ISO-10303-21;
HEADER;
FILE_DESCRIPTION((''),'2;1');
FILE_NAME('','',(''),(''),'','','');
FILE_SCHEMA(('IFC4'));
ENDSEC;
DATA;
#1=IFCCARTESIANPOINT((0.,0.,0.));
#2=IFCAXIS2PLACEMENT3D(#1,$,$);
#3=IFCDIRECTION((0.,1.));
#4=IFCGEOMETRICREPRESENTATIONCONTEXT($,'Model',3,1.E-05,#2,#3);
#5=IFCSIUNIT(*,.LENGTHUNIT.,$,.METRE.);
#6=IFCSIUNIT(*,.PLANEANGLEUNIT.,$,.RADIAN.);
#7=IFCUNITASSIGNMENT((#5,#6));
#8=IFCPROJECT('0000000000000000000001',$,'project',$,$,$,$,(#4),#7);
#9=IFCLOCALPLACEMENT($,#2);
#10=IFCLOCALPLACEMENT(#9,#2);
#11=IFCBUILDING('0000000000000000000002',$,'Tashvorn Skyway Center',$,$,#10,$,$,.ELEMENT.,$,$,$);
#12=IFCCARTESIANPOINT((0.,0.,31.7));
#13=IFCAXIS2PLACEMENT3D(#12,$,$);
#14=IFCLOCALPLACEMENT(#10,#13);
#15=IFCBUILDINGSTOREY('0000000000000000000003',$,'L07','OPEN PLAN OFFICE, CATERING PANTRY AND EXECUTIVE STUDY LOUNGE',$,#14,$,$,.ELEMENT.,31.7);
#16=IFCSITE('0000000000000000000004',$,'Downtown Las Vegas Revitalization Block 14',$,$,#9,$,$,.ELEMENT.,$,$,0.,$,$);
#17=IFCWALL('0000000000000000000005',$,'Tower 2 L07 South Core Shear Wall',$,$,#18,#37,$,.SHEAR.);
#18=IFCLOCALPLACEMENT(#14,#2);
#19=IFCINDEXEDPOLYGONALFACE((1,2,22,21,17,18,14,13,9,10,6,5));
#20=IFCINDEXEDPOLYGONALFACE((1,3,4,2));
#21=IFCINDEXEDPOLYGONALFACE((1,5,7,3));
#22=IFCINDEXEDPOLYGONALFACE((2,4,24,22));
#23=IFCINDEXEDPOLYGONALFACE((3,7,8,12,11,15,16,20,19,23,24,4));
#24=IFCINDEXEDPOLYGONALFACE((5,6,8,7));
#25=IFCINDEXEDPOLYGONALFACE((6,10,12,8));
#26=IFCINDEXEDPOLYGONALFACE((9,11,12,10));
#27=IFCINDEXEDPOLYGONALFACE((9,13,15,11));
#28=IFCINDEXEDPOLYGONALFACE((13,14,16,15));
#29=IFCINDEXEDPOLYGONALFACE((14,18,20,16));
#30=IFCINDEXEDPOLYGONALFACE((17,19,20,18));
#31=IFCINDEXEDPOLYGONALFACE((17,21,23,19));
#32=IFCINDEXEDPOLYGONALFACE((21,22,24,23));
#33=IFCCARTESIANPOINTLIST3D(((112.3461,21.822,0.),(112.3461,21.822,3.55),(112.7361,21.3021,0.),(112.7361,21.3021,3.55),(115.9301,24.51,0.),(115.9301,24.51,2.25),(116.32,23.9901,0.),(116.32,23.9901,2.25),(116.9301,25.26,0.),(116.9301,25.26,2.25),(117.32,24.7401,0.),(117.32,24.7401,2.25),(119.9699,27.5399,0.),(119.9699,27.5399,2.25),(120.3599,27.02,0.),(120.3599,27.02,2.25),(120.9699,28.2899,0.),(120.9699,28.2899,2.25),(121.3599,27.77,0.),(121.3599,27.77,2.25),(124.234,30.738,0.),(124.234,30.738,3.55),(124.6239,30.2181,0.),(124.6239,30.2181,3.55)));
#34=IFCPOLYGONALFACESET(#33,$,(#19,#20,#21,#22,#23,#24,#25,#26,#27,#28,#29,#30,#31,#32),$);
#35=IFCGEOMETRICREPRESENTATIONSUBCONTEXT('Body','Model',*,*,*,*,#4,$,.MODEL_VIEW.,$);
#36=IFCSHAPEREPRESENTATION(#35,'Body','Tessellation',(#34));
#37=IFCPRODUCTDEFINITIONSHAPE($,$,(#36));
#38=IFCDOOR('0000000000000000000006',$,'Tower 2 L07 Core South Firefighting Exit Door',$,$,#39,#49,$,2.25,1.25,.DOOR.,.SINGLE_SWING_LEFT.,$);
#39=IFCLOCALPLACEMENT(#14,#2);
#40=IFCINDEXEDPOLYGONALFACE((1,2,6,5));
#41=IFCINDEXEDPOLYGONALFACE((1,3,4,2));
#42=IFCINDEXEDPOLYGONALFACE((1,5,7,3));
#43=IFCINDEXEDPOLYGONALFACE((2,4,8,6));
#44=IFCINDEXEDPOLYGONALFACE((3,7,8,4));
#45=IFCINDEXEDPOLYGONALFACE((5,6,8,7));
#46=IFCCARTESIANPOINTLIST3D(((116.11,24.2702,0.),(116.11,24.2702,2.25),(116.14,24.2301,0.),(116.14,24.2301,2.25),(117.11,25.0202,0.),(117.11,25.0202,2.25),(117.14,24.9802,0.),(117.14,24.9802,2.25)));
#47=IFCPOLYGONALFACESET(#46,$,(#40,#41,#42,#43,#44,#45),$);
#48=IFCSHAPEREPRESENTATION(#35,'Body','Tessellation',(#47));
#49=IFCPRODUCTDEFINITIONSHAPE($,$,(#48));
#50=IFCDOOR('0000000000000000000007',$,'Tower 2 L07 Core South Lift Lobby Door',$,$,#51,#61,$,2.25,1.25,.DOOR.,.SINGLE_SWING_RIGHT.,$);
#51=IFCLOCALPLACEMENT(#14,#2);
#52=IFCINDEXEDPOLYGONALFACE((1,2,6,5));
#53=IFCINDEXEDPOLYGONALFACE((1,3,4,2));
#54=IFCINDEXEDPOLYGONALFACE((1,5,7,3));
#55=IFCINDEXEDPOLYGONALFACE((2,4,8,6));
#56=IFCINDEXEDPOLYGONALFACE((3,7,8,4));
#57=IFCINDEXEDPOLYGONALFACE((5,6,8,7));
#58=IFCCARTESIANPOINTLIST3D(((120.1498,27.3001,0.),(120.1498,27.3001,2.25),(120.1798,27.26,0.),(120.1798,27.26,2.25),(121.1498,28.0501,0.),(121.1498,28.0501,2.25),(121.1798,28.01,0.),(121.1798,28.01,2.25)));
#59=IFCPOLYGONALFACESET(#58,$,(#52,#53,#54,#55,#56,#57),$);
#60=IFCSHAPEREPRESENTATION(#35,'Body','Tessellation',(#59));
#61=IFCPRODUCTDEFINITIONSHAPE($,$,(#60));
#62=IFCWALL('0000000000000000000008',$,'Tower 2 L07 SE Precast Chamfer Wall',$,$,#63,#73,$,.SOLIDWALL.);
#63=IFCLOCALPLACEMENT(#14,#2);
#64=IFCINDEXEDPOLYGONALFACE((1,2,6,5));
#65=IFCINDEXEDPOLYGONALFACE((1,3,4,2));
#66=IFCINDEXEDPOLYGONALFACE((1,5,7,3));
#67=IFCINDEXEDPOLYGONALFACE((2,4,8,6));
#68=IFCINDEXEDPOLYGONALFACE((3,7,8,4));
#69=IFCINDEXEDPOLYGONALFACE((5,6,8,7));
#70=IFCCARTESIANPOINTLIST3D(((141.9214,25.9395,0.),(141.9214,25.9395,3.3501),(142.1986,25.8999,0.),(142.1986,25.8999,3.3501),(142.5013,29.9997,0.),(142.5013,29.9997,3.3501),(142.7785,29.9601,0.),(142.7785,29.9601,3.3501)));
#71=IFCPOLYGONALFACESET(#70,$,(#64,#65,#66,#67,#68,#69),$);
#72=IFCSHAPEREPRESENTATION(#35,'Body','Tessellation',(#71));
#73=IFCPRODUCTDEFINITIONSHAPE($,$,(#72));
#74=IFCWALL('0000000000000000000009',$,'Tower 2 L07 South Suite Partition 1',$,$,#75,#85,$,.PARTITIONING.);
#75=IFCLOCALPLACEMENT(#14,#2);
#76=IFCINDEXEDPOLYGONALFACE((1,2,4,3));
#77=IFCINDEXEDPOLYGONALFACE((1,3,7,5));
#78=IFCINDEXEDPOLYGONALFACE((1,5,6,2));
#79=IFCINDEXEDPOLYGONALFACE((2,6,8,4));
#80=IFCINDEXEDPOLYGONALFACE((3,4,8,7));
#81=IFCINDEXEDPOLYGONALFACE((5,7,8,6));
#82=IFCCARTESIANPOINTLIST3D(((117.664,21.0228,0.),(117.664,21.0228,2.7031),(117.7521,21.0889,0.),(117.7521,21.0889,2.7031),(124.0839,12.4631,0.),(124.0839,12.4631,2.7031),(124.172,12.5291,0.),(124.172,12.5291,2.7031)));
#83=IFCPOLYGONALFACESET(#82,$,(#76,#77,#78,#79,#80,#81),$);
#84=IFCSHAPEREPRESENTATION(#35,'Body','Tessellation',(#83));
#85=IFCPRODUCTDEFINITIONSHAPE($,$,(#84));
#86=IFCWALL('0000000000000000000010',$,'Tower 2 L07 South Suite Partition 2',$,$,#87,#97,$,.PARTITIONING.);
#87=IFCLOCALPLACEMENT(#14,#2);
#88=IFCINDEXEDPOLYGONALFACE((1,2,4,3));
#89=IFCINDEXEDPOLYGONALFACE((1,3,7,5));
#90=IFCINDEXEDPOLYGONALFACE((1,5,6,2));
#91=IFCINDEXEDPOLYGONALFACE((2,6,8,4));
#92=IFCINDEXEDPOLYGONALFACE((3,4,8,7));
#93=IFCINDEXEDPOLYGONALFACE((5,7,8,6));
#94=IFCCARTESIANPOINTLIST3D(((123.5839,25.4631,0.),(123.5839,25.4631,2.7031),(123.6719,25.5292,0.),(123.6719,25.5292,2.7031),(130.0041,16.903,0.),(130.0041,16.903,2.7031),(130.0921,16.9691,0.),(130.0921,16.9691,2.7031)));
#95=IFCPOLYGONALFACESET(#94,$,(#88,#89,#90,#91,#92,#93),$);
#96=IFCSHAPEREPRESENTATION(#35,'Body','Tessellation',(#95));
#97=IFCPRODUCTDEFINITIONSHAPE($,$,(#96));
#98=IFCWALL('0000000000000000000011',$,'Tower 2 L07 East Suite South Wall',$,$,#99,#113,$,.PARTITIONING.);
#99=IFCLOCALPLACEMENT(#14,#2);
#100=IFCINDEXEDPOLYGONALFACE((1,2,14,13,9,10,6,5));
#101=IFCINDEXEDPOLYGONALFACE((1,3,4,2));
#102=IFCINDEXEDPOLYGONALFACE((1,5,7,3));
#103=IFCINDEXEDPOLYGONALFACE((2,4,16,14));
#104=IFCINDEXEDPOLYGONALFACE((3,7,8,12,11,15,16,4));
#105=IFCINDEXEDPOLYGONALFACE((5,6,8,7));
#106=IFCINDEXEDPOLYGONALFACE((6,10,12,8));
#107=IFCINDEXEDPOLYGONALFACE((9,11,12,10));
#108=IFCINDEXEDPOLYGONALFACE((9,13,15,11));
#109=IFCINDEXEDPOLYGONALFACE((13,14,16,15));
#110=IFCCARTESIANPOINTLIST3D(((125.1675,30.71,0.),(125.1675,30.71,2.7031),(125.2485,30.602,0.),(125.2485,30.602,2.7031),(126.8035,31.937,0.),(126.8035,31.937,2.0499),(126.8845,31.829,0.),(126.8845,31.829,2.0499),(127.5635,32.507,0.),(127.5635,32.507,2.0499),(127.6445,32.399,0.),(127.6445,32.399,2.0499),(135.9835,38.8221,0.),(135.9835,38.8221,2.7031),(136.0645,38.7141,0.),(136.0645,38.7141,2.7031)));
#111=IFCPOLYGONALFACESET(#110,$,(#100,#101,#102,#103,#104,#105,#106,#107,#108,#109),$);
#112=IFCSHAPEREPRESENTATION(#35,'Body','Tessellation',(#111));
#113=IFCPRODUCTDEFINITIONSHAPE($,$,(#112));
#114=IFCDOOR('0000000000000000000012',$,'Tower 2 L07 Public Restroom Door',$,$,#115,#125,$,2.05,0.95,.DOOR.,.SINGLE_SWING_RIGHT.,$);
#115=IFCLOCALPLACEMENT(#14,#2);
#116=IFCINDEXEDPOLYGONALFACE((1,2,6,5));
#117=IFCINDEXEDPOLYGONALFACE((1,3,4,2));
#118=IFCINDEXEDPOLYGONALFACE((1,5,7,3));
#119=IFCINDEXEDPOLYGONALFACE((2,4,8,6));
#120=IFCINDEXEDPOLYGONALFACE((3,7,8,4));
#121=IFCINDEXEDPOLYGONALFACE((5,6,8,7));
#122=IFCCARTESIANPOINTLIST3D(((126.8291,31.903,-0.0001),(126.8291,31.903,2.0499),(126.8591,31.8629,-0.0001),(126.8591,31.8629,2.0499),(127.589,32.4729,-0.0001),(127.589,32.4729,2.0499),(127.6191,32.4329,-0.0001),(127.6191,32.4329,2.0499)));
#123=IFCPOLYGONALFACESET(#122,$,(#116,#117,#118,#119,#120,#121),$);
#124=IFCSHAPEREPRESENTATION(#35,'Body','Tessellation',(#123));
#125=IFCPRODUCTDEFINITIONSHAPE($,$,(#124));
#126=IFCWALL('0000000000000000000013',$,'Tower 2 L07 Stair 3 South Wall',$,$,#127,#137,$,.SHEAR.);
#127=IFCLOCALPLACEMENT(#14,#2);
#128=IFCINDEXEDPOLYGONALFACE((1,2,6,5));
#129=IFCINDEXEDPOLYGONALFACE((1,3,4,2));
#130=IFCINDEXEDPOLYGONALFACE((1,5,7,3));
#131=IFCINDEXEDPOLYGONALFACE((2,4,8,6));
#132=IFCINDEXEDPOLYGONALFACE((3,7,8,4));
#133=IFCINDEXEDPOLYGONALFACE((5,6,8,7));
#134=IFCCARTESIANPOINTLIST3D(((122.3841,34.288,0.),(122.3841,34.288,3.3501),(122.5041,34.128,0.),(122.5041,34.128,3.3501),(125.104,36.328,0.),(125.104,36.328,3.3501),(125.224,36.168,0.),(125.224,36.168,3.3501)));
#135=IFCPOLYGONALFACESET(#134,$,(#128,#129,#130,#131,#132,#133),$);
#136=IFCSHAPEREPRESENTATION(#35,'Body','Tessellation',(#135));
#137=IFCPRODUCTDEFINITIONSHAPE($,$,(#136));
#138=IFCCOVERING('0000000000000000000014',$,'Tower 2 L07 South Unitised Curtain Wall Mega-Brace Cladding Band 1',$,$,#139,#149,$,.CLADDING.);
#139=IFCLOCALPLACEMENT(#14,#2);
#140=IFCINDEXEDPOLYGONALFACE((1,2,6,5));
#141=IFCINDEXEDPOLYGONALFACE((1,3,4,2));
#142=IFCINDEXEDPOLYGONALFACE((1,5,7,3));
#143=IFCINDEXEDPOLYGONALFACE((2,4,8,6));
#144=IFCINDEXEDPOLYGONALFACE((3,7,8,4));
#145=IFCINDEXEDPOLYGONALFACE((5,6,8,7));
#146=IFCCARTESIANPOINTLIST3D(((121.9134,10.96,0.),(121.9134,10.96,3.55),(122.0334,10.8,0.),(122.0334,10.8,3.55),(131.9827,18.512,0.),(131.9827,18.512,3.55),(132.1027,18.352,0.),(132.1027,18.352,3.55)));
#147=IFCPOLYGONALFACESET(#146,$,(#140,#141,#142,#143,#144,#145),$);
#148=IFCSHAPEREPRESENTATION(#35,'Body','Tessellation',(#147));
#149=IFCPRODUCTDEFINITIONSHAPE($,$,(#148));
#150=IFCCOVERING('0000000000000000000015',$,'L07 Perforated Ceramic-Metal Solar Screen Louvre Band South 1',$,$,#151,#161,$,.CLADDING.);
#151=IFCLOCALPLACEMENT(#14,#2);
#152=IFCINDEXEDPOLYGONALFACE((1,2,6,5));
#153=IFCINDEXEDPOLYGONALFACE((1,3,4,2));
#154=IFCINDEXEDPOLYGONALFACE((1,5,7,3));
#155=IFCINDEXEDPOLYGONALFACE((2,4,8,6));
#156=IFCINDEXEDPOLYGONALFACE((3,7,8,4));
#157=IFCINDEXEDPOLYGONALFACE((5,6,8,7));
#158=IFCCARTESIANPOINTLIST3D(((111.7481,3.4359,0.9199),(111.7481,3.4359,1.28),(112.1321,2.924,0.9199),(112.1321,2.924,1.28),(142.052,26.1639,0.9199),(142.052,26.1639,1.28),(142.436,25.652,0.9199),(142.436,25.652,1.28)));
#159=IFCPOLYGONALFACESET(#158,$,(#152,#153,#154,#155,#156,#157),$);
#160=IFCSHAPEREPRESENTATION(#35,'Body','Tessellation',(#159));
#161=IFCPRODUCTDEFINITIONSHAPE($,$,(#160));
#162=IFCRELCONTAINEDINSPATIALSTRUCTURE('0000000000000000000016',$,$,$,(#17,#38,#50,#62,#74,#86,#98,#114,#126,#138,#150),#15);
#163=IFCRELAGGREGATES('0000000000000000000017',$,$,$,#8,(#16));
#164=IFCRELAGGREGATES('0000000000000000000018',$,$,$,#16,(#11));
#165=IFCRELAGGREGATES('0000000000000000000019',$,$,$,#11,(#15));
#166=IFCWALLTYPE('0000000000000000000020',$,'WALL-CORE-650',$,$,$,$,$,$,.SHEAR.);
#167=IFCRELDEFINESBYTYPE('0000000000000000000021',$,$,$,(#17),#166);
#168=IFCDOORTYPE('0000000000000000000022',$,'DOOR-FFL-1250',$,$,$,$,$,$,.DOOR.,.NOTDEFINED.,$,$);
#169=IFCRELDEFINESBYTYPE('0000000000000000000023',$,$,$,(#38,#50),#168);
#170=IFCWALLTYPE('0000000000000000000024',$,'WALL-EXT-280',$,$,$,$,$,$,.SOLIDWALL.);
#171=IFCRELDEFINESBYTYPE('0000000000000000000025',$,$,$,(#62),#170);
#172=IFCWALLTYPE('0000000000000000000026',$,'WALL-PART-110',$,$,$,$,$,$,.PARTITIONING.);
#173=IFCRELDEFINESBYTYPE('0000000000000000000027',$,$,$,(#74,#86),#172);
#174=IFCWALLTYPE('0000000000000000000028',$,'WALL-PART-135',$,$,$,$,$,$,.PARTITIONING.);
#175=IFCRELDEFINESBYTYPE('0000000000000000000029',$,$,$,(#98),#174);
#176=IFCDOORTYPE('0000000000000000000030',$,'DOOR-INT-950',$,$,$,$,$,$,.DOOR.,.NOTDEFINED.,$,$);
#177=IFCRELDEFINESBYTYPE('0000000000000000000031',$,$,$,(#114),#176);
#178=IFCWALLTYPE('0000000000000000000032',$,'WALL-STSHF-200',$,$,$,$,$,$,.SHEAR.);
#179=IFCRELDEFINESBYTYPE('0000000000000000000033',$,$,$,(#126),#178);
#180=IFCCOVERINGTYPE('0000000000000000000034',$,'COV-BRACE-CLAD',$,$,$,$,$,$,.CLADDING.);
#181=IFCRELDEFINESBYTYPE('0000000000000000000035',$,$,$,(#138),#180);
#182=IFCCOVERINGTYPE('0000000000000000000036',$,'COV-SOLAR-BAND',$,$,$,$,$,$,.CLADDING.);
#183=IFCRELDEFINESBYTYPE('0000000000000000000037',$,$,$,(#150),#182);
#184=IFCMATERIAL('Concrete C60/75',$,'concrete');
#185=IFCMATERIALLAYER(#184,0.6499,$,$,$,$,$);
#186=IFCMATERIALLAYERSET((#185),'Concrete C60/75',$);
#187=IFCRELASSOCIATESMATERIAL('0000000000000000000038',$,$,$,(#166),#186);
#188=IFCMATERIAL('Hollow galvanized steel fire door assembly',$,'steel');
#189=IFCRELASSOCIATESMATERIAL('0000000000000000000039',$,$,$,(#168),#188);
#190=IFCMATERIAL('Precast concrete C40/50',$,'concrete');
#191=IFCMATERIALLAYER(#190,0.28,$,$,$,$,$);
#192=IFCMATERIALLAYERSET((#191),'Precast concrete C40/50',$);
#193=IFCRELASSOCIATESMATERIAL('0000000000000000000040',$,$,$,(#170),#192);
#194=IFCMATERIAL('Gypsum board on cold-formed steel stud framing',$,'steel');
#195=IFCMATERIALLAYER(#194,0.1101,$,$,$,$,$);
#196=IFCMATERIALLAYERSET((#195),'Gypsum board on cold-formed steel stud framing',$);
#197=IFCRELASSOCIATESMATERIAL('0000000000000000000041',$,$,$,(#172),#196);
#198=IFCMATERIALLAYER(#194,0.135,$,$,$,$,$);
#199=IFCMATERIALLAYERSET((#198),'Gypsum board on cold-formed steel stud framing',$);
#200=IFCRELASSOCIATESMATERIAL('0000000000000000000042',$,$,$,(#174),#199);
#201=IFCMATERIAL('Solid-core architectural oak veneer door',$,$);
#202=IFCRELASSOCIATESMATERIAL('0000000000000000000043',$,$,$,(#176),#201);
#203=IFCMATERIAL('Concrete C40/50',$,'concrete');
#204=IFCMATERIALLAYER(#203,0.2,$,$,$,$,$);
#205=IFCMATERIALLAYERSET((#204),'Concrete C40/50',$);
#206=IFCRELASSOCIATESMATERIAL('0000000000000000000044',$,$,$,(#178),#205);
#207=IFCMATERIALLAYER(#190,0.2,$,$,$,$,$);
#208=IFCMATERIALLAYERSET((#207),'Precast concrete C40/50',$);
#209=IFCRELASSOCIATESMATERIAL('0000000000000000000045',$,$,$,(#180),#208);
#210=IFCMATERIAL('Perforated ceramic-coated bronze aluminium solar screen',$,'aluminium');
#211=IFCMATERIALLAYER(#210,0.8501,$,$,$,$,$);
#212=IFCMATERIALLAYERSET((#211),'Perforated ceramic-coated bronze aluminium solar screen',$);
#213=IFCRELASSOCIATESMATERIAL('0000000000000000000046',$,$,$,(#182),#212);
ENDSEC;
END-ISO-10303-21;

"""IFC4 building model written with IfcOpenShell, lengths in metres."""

from ifc_helpers import new_model, si_unit, direction, frame, frame_2d, origin, origin_2d, place, context, subcontext, project, spatial, rectangle, extrude, material, layer, layer_set, type_object, element, fill, save


model = new_model("IFC4")

# Units and contexts
model_context = context("Model", 3, precision=1e-05, world=origin(), true_north=direction((0.0, 1.0)))
body_context = subcontext(model_context, "Body", "Model", "MODEL_VIEW")
ifc_project = project(units=[si_unit("LENGTHUNIT", "METRE"), si_unit("PLANEANGLEUNIT", "RADIAN")], contexts=[model_context])

# Site, building, storey
site_placement = place(None, origin())
site = spatial("IfcSite", under=ifc_project, at=site_placement, Name="Downtown Las Vegas Revitalization Block 14", CompositionType="ELEMENT", RefElevation=0.0)
building_placement = place(site_placement, origin())
building = spatial("IfcBuilding", under=site, at=building_placement, Name="Tashvorn Skyway Center", CompositionType="ELEMENT")
storey_placement = place(building_placement, frame((0.0, 0.0, 31.7)))
storey = spatial("IfcBuildingStorey", under=building, at=storey_placement, Name="L07", Description="OPEN PLAN OFFICE, CATERING PANTRY AND EXECUTIVE STUDY LOUNGE", CompositionType="ELEMENT", Elevation=31.7)

# Wall, openings, doors
ifc_material_1 = material(Name="Concrete C60/75", Category="concrete")
ifc_layer_1 = layer(ifc_material_1, 0.6499)
ifc_layer_set_1 = layer_set([ifc_layer_1], Name="Concrete C60/75")
wall_type_1 = type_object("IfcWallType", Name="WALL-CORE-650", PredefinedType="SHEAR", material=ifc_layer_set_1)
wall_1_placement = place(storey_placement, frame((124.429, 30.478, 0.0), z_axis=(0.0, 0.0, 1.0), x_axis=(-0.799998, -0.600003, 0.0)))
wall_1 = element("IfcWall", 1, at=wall_1_placement, inside=storey, type_object=wall_type_1, Name="Tower 2 L07 South Core Shear Wall", PredefinedType="SHEAR", context=body_context, shape_type="SweptSolid", body=[
    extrude(rectangle(XDim=14.8599, YDim=0.6499, at=frame_2d((7.4299, 0.0))), origin(), (0.0, 0.0, 1.0), 3.55),
])
opening_1_placement = place(wall_1_placement, frame((9.1299, 0.0, 0.0)))
opening_1 = element("IfcOpeningElement", 2, at=opening_1_placement, cuts=wall_1, PredefinedType="OPENING", context=body_context, shape_type="SweptSolid", body=[
    extrude(rectangle(XDim=1.25, YDim=2.25, at=frame_2d((0.625, 1.125))), frame((0.0, 0.335, 0.0), z_axis=(0.0, -1.0, 0.0), x_axis=(1.0, 0.0, 0.0)), (0.0, 0.0, 1.0), 0.6699),
])
opening_2_placement = place(wall_1_placement, frame((4.0801, 0.0, 0.0)))
opening_2 = element("IfcOpeningElement", 3, at=opening_2_placement, cuts=wall_1, PredefinedType="OPENING", context=body_context, shape_type="SweptSolid", body=[
    extrude(rectangle(XDim=1.25, YDim=2.25, at=frame_2d((0.625, 1.125))), frame((0.0, 0.335, 0.0), z_axis=(0.0, -1.0, 0.0), x_axis=(1.0, 0.0, 0.0)), (0.0, 0.0, 1.0), 0.6699),
])
ifc_material_2 = material(Name="Hollow galvanized steel fire door assembly", Category="steel")
door_type_1 = type_object("IfcDoorType", Name="DOOR-FFL-1250", OperationType="NOTDEFINED", PredefinedType="DOOR", material=ifc_material_2)
door_1_placement = place(opening_1_placement, origin())
door_1 = element("IfcDoor", 4, at=door_1_placement, inside=storey, type_object=door_type_1, Name="Tower 2 L07 Core South Firefighting Exit Door", OperationType="SINGLE_SWING_LEFT", OverallHeight=2.25, OverallWidth=1.25, PredefinedType="DOOR", context=body_context, shape_type="SweptSolid", body=[
    extrude(rectangle(XDim=1.25, YDim=2.25, at=frame_2d((0.625, 1.125))), frame((0.0, 0.0249, 0.0), z_axis=(0.0, -1.0, 0.0), x_axis=(1.0, 0.0, 0.0)), (0.0, 0.0, 1.0), 0.05),
])
fill(opening_1, door_1)
door_2_placement = place(opening_2_placement, origin())
door_2 = element("IfcDoor", 5, at=door_2_placement, inside=storey, type_object=door_type_1, Name="Tower 2 L07 Core South Lift Lobby Door", OperationType="SINGLE_SWING_RIGHT", OverallHeight=2.25, OverallWidth=1.25, PredefinedType="DOOR", context=body_context, shape_type="SweptSolid", body=[
    extrude(rectangle(XDim=1.25, YDim=2.25, at=frame_2d((0.625, 1.125))), frame((0.0, 0.0249, 0.0), z_axis=(0.0, -1.0, 0.0), x_axis=(1.0, 0.0, 0.0)), (0.0, 0.0, 1.0), 0.05),
])
fill(opening_2, door_2)

# Walls
ifc_material_3 = material(Name="Precast concrete C40/50", Category="concrete")
ifc_layer_2 = layer(ifc_material_3, 0.28)
ifc_layer_set_2 = layer_set([ifc_layer_2], Name="Precast concrete C40/50")
wall_type_2 = type_object("IfcWallType", Name="WALL-EXT-280", PredefinedType="SOLIDWALL", material=ifc_layer_set_2)
wall_2_placement = place(storey_placement, frame((142.6399, 29.98, 0.0), z_axis=(0.0, 0.0, 1.0), x_axis=(-0.14138, -0.989955, 0.0)))
element("IfcWall", 6, at=wall_2_placement, inside=storey, type_object=wall_type_2, Name="Tower 2 L07 SE Precast Chamfer Wall", PredefinedType="SOLIDWALL", context=body_context, shape_type="SweptSolid", body=[
    extrude(rectangle(XDim=4.1013, YDim=0.28, at=frame_2d((2.0508, 0.0))), origin(), (0.0, 0.0, 1.0), 3.3501),
])
ifc_material_4 = material(Name="Gypsum board on cold-formed steel stud framing", Category="steel")
ifc_layer_3 = layer(ifc_material_4, 0.1101)
ifc_layer_set_3 = layer_set([ifc_layer_3], Name="Gypsum board on cold-formed steel stud framing")
wall_type_3 = type_object("IfcWallType", Name="WALL-PART-110", PredefinedType="PARTITIONING", material=ifc_layer_set_3)
wall_3_placement = place(storey_placement, frame((124.1279, 12.4961, 0.0), z_axis=(0.0, 0.0, 1.0), x_axis=(-0.600004, 0.799997, 0.0)))
element("IfcWall", 7, at=wall_3_placement, inside=storey, type_object=wall_type_3, Name="Tower 2 L07 South Suite Partition 1", PredefinedType="PARTITIONING", context=body_context, shape_type="SweptSolid", body=[
    extrude(rectangle(XDim=10.6997, YDim=0.1101, at=frame_2d((5.3499, 0.0))), origin(), (0.0, 0.0, 1.0), 2.7031),
])
wall_4_placement = place(storey_placement, frame((130.0481, 16.936, 0.0), z_axis=(0.0, 0.0, 1.0), x_axis=(-0.600007, 0.799995, 0.0)))
element("IfcWall", 8, at=wall_4_placement, inside=storey, type_object=wall_type_3, Name="Tower 2 L07 South Suite Partition 2", PredefinedType="PARTITIONING", context=body_context, shape_type="SweptSolid", body=[
    extrude(rectangle(XDim=10.7002, YDim=0.1101, at=frame_2d((5.3501, 0.0))), origin(), (0.0, 0.0, 1.0), 2.7031),
])

# Wall, opening, door
ifc_layer_4 = layer(ifc_material_4, 0.135)
ifc_layer_set_4 = layer_set([ifc_layer_4], Name="Gypsum board on cold-formed steel stud framing")
wall_type_4 = type_object("IfcWallType", Name="WALL-PART-135", PredefinedType="PARTITIONING", material=ifc_layer_set_4)
wall_5_placement = place(storey_placement, frame((125.208, 30.656, 0.0), z_axis=(0.0, 0.0, 1.0), x_axis=(0.799996, 0.600006, 0.0)))
wall_5 = element("IfcWall", 9, at=wall_5_placement, inside=storey, type_object=wall_type_4, Name="Tower 2 L07 East Suite South Wall", PredefinedType="PARTITIONING", context=body_context, shape_type="SweptSolid", body=[
    extrude(rectangle(XDim=13.52, YDim=0.135, at=frame_2d((6.76, 0.0))), origin(), (0.0, 0.0, 1.0), 2.7031),
])
opening_3_placement = place(wall_5_placement, frame((2.0449, 0.0, 0.0)))
opening_3 = element("IfcOpeningElement", 10, at=opening_3_placement, cuts=wall_5, PredefinedType="OPENING", context=body_context, shape_type="SweptSolid", body=[
    extrude(rectangle(XDim=0.95, YDim=2.05, at=frame_2d((0.4751, 1.0249))), frame((0.0, 0.0774, 0.0), z_axis=(0.0, -1.0, 0.0), x_axis=(1.0, 0.0, 0.0)), (0.0, 0.0, 1.0), 0.155),
])
ifc_material_5 = material(Name="Solid-core architectural oak veneer door")
door_type_2 = type_object("IfcDoorType", Name="DOOR-INT-950", OperationType="NOTDEFINED", PredefinedType="DOOR", material=ifc_material_5)
door_3_placement = place(opening_3_placement, origin())
door_3 = element("IfcDoor", 11, at=door_3_placement, inside=storey, type_object=door_type_2, Name="Tower 2 L07 Public Restroom Door", OperationType="SINGLE_SWING_RIGHT", OverallHeight=2.05, OverallWidth=0.95, PredefinedType="DOOR", context=body_context, shape_type="SweptSolid", body=[
    extrude(rectangle(XDim=0.95, YDim=2.05, at=frame_2d((0.4751, 1.0249))), frame((0.0, 0.0249, 0.0), z_axis=(0.0, -1.0, 0.0), x_axis=(1.0, 0.0, 0.0)), (0.0, 0.0, 1.0), 0.05),
])
fill(opening_3, door_3)

# Wall
ifc_material_6 = material(Name="Concrete C40/50", Category="concrete")
ifc_layer_5 = layer(ifc_material_6, 0.2)
ifc_layer_set_5 = layer_set([ifc_layer_5], Name="Concrete C40/50")
wall_type_5 = type_object("IfcWallType", Name="WALL-STSHF-200", PredefinedType="SHEAR", material=ifc_layer_set_5)
wall_6_placement = place(storey_placement, frame((122.4441, 34.208, 0.0), z_axis=(0.0, 0.0, 1.0), x_axis=(0.799991, 0.600011, 0.0)))
element("IfcWall", 12, at=wall_6_placement, inside=storey, type_object=wall_type_5, Name="Tower 2 L07 Stair 3 South Wall", PredefinedType="SHEAR", context=body_context, shape_type="SweptSolid", body=[
    extrude(rectangle(XDim=3.3999, YDim=0.2, at=frame_2d((1.7, 0.0))), origin(), (0.0, 0.0, 1.0), 3.3501),
])

# Coverings
ifc_layer_6 = layer(ifc_material_3, 0.2)
ifc_layer_set_6 = layer_set([ifc_layer_6], Name="Precast concrete C40/50")
covering_type_1 = type_object("IfcCoveringType", Name="COV-BRACE-CLAD", PredefinedType="CLADDING", material=ifc_layer_set_6)
covering_1_placement = place(storey_placement, frame((127.0081, 14.656, 0.0), z_axis=(0.0, 0.0, 1.0), x_axis=(-0.8, -0.6, 0.0)))
element("IfcCovering", 13, at=covering_1_placement, inside=storey, type_object=covering_type_1, Name="Tower 2 L07 South Unitised Curtain Wall Mega-Brace Cladding Band 1", PredefinedType="CLADDING", context=body_context, shape_type="SweptSolid", body=[
    extrude(rectangle(XDim=12.5867, YDim=0.2, at=origin_2d()), origin(), (0.0, 0.0, 1.0), 3.55),
])
ifc_material_7 = material(Name="Perforated ceramic-coated bronze aluminium solar screen", Category="aluminium")
ifc_layer_7 = layer(ifc_material_7, 0.8501)
ifc_layer_set_7 = layer_set([ifc_layer_7], Name="Perforated ceramic-coated bronze aluminium solar screen")
covering_type_2 = type_object("IfcCoveringType", Name="COV-SOLAR-BAND", PredefinedType="CLADDING", material=ifc_layer_set_7)
for number, where, z_axis, x_axis, name in (
    (14, (127.092, 14.5439, 0.9199), (0.0, 0.0, 1.0), (-0.8, -0.6, 0.0), "L07 Perforated Ceramic-Metal Solar Screen Louvre Band South 1"),
):
    element("IfcCovering", number, at=place(storey_placement, frame(where, z_axis=z_axis, x_axis=x_axis)), inside=storey, type_object=covering_type_2, Name=name, PredefinedType="CLADDING", context=body_context, shape_type="SweptSolid", body=[
        extrude(rectangle(XDim=37.8799, YDim=0.6399, at=origin_2d()), origin(), (0.0, 0.0, 1.0), 0.3601),
    ])

save(model, "model.ifc")
